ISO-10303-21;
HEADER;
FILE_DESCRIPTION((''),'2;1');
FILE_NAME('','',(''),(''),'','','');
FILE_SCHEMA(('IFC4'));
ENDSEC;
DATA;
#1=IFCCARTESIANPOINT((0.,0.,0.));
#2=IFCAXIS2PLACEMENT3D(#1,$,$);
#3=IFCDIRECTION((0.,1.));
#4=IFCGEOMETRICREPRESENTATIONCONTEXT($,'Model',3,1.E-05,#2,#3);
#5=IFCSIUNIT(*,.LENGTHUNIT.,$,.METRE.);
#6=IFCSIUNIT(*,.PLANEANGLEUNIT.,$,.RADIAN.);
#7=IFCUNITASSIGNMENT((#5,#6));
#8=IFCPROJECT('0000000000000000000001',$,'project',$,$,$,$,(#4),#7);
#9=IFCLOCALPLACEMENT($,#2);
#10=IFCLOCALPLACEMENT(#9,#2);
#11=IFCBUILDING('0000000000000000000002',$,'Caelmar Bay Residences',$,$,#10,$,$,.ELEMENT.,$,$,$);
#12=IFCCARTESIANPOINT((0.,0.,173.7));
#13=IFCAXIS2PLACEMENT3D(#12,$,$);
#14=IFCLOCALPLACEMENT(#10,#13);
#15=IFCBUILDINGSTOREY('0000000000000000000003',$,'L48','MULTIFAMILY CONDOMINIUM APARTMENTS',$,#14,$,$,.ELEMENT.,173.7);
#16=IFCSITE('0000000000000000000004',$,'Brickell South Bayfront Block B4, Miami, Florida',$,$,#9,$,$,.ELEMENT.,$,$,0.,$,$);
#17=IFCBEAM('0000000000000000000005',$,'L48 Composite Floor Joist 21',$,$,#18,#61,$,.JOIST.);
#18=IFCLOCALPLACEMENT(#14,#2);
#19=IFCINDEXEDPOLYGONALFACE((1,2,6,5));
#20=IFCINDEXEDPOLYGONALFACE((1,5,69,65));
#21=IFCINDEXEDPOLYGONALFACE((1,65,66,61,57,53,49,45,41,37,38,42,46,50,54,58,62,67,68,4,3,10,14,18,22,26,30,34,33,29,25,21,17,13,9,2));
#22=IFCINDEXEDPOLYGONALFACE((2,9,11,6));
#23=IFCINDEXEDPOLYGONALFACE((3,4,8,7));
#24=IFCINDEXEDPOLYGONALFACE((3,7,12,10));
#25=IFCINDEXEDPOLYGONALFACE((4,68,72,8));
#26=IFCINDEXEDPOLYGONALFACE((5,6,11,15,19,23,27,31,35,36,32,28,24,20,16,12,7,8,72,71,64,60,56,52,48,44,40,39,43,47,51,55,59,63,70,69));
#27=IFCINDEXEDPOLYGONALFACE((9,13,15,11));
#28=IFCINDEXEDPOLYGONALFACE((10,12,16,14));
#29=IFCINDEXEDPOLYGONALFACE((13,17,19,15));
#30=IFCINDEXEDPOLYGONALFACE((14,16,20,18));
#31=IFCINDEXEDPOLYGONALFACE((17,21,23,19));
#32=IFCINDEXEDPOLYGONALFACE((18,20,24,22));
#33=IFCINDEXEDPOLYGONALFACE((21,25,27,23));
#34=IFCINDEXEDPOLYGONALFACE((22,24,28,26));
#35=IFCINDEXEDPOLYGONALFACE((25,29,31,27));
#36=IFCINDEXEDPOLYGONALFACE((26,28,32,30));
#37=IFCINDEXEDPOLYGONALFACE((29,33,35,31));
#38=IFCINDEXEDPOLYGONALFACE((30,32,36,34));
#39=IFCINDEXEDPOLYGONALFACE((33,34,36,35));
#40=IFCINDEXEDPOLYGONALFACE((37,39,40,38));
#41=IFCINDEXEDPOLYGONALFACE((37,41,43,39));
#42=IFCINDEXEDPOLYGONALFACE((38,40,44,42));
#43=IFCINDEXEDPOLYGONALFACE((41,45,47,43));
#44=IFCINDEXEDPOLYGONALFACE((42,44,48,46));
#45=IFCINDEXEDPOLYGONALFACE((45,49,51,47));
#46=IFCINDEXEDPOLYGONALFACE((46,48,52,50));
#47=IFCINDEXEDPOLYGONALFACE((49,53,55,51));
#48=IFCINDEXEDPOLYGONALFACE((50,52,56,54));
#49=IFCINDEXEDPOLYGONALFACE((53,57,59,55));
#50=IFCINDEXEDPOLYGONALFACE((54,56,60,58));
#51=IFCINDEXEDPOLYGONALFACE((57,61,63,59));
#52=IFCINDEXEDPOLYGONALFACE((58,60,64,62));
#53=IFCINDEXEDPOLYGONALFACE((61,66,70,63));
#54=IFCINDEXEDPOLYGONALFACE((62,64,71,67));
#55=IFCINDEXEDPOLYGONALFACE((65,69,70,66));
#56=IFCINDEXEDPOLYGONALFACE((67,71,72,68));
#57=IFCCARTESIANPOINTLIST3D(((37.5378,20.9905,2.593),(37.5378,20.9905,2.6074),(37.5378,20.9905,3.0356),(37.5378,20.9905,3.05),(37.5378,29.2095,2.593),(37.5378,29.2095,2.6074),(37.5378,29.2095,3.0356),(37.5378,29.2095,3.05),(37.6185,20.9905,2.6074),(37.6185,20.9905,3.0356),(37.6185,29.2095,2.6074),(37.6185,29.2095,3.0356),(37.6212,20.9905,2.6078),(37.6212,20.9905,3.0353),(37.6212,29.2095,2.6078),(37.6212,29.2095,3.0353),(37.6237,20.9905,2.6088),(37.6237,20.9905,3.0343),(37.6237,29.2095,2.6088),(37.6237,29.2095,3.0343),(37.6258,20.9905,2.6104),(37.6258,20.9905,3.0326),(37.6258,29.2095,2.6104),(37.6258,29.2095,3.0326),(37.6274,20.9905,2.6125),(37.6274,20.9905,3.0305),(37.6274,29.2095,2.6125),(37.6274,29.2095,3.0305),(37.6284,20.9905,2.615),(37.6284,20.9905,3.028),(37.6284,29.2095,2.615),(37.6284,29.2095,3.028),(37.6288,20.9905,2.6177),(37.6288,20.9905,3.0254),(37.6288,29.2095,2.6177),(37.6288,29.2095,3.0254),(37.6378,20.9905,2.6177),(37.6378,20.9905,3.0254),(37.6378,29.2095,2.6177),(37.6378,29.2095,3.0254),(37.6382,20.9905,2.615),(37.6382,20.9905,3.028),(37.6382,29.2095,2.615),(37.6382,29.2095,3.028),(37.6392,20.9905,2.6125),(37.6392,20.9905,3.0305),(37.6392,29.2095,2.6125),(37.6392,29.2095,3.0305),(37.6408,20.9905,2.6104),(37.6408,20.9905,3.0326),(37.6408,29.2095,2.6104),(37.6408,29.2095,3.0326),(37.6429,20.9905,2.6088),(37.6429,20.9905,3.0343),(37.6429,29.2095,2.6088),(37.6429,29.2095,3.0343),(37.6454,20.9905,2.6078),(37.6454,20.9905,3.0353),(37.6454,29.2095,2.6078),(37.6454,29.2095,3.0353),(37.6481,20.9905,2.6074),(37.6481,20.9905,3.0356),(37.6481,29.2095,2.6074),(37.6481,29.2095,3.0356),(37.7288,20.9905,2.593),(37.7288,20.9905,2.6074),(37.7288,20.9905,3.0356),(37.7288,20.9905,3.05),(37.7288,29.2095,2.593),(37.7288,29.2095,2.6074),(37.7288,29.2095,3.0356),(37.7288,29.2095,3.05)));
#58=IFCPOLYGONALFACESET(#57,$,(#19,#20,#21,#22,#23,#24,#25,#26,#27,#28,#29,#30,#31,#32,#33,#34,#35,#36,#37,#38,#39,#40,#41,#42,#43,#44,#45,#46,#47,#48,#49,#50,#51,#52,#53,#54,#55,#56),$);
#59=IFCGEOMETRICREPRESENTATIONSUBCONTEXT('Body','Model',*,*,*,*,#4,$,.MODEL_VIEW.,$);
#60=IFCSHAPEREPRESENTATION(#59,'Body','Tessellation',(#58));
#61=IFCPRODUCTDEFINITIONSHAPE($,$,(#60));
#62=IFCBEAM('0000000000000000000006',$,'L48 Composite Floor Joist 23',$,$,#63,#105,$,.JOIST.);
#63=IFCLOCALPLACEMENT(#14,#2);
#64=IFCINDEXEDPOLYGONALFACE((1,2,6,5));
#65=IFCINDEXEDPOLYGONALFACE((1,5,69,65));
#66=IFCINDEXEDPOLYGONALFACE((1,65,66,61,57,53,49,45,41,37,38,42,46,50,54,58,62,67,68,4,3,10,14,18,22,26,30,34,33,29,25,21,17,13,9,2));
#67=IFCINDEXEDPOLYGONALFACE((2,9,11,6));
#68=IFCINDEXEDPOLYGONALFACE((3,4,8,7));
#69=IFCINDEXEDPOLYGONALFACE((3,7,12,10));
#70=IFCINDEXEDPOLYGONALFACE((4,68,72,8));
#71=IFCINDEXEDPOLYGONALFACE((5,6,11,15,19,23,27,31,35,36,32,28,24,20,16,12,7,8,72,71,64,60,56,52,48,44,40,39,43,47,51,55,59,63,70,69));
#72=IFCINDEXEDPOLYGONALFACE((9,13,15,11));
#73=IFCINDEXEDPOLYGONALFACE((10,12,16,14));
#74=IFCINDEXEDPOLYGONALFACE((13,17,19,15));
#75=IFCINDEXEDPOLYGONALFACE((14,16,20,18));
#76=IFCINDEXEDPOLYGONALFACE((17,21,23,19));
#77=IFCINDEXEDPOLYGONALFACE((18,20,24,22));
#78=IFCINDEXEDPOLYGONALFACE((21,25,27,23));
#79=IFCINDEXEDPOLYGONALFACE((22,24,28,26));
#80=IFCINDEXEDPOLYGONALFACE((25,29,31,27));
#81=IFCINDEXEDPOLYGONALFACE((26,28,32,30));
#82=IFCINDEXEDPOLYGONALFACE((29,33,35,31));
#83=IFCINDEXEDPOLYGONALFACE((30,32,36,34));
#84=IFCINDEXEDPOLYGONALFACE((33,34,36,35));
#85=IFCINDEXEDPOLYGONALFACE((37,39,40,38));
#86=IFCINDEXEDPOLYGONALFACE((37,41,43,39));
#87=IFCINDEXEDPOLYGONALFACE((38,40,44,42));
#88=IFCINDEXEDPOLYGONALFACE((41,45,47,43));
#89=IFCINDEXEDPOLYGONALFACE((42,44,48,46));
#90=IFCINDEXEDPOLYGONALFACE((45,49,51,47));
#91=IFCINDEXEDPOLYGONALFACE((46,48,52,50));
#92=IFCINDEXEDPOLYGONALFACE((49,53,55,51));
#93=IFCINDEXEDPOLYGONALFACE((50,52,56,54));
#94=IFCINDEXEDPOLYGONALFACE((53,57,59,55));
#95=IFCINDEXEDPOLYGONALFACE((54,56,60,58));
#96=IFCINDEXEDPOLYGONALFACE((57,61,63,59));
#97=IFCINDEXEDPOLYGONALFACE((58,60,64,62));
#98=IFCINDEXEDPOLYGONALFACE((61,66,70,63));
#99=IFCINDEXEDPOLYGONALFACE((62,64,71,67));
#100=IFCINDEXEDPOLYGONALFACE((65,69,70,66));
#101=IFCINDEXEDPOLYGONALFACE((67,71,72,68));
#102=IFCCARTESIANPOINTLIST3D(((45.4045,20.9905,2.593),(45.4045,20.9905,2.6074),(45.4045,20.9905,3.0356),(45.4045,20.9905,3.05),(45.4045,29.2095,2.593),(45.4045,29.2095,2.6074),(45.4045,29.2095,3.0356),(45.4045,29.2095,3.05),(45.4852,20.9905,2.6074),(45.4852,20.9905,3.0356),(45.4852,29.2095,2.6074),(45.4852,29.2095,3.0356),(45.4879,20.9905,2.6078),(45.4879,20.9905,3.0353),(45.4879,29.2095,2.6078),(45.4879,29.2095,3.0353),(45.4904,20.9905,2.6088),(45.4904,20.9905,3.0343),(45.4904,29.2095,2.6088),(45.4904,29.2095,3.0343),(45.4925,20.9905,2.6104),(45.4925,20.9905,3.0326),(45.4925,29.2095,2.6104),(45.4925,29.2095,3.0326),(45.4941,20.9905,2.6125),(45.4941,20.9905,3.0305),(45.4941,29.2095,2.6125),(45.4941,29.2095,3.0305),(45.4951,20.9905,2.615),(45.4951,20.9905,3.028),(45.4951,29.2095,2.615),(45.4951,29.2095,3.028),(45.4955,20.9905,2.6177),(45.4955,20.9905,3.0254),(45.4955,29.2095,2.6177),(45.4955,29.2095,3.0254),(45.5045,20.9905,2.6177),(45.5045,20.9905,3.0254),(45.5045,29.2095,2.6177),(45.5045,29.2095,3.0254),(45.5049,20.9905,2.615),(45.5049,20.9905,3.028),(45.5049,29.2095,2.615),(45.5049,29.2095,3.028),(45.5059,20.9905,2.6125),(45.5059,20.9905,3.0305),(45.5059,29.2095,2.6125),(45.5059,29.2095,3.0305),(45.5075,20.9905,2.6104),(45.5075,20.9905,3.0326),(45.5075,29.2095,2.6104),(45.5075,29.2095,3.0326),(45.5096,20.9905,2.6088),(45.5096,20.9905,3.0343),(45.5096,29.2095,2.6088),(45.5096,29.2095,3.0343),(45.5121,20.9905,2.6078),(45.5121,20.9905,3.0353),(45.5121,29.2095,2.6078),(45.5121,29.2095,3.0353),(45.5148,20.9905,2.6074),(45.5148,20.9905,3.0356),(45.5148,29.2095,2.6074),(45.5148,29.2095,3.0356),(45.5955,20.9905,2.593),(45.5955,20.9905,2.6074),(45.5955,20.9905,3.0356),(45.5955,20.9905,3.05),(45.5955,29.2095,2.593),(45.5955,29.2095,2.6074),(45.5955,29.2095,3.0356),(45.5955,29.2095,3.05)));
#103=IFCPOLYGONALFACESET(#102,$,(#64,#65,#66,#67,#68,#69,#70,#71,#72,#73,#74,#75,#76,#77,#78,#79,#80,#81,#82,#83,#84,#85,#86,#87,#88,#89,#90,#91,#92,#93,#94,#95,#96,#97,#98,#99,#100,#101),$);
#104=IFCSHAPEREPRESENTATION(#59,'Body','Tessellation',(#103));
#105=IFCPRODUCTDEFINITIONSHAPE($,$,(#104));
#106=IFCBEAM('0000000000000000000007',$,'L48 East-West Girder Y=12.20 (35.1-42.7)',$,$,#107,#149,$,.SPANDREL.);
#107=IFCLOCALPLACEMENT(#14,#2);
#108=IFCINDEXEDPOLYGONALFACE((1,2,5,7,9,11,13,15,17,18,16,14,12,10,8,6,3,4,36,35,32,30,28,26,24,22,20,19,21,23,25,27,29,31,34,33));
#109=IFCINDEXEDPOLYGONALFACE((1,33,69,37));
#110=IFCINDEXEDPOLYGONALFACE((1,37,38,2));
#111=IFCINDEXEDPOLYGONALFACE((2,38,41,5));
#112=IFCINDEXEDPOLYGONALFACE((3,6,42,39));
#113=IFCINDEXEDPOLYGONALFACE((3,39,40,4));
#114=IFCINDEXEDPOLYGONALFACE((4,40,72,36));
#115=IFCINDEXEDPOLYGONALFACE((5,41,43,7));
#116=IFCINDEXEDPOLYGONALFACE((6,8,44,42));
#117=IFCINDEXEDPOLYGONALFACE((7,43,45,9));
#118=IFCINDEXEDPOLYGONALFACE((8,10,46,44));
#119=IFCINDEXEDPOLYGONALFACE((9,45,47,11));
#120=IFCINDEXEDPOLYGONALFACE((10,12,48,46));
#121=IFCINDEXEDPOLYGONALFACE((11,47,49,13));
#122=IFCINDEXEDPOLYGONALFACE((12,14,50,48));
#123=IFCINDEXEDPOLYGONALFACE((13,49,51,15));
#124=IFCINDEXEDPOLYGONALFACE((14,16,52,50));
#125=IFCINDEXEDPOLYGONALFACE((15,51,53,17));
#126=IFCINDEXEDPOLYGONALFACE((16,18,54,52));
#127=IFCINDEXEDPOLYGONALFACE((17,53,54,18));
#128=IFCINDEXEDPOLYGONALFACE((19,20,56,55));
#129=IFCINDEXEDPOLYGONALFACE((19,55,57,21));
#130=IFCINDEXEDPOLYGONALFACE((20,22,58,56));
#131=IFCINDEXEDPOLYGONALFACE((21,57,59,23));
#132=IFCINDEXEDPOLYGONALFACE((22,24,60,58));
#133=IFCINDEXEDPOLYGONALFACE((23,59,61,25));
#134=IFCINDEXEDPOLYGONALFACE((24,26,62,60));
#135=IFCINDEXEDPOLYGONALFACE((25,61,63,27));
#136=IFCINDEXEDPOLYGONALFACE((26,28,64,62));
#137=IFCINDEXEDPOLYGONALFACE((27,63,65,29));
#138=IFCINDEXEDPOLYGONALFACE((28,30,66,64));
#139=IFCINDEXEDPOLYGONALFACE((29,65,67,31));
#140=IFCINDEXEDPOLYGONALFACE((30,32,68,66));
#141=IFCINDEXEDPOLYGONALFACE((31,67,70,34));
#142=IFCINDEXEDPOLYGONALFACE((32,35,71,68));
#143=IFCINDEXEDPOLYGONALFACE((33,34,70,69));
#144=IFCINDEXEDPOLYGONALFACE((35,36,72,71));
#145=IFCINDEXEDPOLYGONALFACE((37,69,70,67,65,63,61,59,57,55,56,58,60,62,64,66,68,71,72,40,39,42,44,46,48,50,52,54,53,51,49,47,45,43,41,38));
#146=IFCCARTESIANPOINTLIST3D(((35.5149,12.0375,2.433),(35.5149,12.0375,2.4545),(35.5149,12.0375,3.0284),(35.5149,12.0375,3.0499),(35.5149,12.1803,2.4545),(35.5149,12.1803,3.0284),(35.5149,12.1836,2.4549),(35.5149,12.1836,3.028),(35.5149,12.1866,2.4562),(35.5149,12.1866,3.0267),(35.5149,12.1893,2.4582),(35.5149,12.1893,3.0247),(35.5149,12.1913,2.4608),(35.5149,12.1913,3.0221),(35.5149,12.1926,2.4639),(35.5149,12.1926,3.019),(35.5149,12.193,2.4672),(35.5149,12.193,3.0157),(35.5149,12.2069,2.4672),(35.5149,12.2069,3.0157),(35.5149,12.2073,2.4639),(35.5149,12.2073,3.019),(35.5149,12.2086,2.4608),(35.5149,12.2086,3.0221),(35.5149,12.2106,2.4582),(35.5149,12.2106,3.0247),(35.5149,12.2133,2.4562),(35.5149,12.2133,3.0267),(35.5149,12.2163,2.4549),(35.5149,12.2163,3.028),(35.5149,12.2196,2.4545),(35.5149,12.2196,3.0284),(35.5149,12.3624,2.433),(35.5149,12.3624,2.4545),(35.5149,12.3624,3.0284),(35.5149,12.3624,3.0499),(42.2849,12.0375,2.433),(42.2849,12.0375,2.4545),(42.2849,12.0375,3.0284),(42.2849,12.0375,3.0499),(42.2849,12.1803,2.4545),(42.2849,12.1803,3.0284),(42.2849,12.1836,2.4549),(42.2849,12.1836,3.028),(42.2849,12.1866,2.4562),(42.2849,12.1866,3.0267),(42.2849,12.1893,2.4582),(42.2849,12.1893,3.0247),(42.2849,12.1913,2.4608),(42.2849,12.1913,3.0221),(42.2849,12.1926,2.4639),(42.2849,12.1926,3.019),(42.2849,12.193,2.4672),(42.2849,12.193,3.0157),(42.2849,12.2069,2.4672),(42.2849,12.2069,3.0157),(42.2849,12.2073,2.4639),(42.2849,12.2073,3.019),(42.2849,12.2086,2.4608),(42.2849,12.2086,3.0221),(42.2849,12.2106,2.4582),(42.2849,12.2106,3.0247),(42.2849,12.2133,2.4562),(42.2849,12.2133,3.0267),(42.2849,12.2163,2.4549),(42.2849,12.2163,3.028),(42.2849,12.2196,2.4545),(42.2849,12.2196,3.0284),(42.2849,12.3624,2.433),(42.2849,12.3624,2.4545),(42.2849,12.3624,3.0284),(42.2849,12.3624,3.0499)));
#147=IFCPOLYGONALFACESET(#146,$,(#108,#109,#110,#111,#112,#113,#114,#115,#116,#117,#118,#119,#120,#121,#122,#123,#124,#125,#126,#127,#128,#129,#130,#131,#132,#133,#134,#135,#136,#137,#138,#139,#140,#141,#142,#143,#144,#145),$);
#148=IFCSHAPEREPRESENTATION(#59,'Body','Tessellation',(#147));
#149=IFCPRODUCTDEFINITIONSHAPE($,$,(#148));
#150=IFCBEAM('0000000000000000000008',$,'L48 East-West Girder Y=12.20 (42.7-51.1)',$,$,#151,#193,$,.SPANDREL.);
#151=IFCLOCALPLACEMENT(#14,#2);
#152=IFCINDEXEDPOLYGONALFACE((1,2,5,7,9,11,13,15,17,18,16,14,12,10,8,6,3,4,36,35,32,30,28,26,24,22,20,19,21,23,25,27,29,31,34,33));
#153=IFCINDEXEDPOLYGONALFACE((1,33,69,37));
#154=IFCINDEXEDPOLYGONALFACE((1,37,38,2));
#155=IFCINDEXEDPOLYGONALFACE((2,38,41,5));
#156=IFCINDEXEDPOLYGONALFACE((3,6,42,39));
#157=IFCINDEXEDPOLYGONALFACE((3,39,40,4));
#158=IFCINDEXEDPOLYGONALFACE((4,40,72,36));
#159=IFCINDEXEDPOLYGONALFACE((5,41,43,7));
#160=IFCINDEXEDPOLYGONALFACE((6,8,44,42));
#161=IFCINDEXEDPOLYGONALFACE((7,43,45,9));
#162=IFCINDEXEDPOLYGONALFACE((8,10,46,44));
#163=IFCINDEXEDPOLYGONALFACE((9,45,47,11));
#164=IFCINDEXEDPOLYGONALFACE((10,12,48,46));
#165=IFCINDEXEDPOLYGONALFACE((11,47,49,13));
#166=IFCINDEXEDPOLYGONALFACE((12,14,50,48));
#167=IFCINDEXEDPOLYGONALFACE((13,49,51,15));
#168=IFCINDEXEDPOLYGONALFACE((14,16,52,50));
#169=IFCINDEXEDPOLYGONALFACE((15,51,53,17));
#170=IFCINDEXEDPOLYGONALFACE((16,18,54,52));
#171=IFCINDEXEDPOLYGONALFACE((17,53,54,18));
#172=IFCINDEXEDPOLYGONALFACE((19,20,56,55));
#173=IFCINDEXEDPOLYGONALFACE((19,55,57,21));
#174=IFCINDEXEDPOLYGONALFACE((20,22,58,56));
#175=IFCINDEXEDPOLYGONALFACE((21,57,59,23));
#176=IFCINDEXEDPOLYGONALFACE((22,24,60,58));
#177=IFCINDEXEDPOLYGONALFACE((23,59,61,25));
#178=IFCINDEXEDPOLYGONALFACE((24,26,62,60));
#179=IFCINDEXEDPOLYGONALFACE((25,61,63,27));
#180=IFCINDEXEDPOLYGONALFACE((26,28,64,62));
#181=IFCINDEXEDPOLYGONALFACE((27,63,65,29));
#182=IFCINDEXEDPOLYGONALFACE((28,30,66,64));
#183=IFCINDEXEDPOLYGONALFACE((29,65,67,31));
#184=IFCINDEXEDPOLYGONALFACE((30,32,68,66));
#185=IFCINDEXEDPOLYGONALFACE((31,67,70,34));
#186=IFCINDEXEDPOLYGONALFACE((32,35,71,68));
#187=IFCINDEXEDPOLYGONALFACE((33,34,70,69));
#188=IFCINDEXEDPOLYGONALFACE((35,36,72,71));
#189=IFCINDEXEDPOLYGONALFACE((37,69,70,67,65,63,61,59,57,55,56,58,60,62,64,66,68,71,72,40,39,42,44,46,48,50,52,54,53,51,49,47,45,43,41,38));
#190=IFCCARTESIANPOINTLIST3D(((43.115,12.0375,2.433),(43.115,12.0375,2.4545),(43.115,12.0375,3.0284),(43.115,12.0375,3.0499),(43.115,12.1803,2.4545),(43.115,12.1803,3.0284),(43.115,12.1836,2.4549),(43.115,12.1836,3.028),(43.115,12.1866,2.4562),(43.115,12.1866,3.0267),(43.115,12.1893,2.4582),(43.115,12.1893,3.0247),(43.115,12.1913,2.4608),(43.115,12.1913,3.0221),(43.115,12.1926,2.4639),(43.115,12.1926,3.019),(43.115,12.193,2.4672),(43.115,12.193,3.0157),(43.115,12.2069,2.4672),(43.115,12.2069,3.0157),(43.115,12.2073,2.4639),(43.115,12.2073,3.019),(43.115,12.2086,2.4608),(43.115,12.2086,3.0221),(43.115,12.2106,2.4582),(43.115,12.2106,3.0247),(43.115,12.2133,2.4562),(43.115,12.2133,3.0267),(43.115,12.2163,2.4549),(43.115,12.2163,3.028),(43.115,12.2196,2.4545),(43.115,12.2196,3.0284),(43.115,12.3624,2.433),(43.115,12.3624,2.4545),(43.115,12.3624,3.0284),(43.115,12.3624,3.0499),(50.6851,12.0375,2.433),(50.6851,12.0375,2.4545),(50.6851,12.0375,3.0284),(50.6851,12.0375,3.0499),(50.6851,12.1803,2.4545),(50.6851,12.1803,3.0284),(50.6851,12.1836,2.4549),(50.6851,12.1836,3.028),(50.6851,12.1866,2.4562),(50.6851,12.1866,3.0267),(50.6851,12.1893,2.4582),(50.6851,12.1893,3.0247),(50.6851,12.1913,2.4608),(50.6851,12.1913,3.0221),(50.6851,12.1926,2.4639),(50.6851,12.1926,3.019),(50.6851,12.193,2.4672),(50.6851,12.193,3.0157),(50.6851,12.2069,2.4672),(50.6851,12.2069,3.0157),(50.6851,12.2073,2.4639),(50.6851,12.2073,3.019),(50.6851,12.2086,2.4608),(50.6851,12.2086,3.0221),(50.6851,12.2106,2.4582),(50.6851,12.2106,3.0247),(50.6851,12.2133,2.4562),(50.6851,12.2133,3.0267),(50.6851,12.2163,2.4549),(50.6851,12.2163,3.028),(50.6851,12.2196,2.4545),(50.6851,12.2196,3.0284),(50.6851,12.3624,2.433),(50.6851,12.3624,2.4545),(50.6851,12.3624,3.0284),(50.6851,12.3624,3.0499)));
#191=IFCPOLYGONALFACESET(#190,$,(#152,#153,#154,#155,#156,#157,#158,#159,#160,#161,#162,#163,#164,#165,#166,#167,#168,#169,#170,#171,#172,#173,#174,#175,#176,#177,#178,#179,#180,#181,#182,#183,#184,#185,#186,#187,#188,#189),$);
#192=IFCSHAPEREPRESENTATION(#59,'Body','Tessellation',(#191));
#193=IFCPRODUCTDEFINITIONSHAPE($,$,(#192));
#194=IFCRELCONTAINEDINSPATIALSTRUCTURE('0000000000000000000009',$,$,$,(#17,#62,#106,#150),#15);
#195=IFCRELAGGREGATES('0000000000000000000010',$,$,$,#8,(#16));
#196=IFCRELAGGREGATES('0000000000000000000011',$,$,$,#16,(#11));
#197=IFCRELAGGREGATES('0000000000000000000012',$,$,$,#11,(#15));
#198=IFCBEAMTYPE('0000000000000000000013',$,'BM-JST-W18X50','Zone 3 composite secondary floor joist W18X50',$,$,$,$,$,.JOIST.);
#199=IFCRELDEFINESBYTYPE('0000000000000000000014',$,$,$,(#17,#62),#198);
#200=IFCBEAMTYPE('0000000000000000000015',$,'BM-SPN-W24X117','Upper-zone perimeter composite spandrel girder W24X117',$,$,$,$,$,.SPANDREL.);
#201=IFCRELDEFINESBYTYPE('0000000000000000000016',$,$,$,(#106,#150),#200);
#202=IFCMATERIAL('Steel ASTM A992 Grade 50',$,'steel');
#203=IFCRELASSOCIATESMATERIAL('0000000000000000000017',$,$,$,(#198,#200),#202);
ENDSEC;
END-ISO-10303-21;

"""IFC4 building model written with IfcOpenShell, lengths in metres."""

from ifc_helpers import new_model, si_unit, direction, frame, origin, origin_2d, place, context, subcontext, project, spatial, i_section, extrude, material, material_profile, profile_set, type_object, element, save


model = new_model("IFC4")

# Units and contexts
model_context = context("Model", 3, precision=1e-05, world=origin(), true_north=direction((0.0, 1.0)))
body_context = subcontext(model_context, "Body", "Model", "MODEL_VIEW")
ifc_project = project(units=[si_unit("LENGTHUNIT", "METRE"), si_unit("PLANEANGLEUNIT", "RADIAN")], contexts=[model_context])

# Site, building, storey
site_placement = place(None, origin())
site = spatial("IfcSite", under=ifc_project, at=site_placement, Name="Brickell South Bayfront Block B4, Miami, Florida", CompositionType="ELEMENT", RefElevation=0.0)
building_placement = place(site_placement, origin())
building = spatial("IfcBuilding", under=site, at=building_placement, Name="Caelmar Bay Residences", CompositionType="ELEMENT")
storey_placement = place(building_placement, frame((0.0, 0.0, 173.7)))
storey = spatial("IfcBuildingStorey", under=building, at=storey_placement, Name="L48", Description="MULTIFAMILY CONDOMINIUM APARTMENTS", CompositionType="ELEMENT", Elevation=173.7)

# Beams
ifc_material_1 = material(Name="Steel ASTM A992 Grade 50", Category="steel")
ifc_material_profile_1 = material_profile(ifc_material_1, i_section(OverallWidth=0.1909, OverallDepth=0.457, WebThickness=0.009, FlangeThickness=0.0144, FilletRadius=0.0103, at=origin_2d()), Name="W18X50")
ifc_profile_set_1 = profile_set([ifc_material_profile_1], Name="Steel ASTM A992 Grade 50")
beam_type_1 = type_object("IfcBeamType", Name="BM-JST-W18X50", Description="Zone 3 composite secondary floor joist W18X50", PredefinedType="JOIST", material=ifc_profile_set_1)
for number, where, z_axis, x_axis, name in (
    (1, (37.6333, 20.9905, 2.8215), (0.0, 1.0, 0.0), (-1.0, 0.0, 0.0), "L48 Composite Floor Joist 21"),
    (2, (45.5, 20.9905, 2.8215), (0.0, 1.0, 0.0), (-1.0, 0.0, 0.0), "L48 Composite Floor Joist 23"),
):
    element("IfcBeam", number, at=place(storey_placement, frame(where, z_axis=z_axis, x_axis=x_axis)), inside=storey, type_object=beam_type_1, Name=name, PredefinedType="JOIST", context=body_context, shape_type="SweptSolid", body=[
        extrude(i_section(OverallWidth=0.1909, OverallDepth=0.457, WebThickness=0.009, FlangeThickness=0.0144, FilletRadius=0.0103, at=origin_2d()), origin(), (0.0, 0.0, 1.0), 8.219),
    ])
ifc_material_profile_2 = material_profile(ifc_material_1, i_section(OverallWidth=0.325, OverallDepth=0.6169, WebThickness=0.0139, FlangeThickness=0.0215, FilletRadius=0.0127, at=origin_2d()), Name="W24X117")
ifc_profile_set_2 = profile_set([ifc_material_profile_2], Name="Steel ASTM A992 Grade 50")
beam_type_2 = type_object("IfcBeamType", Name="BM-SPN-W24X117", Description="Upper-zone perimeter composite spandrel girder W24X117", PredefinedType="SPANDREL", material=ifc_profile_set_2)
beam_1_placement = place(storey_placement, frame((35.5149, 12.2, 2.7415), z_axis=(1.0, 0.0, 0.0), x_axis=(0.0, 1.0, 0.0)))
element("IfcBeam", 3, at=beam_1_placement, inside=storey, type_object=beam_type_2, Name="L48 East-West Girder Y=12.20 (35.1-42.7)", PredefinedType="SPANDREL", context=body_context, shape_type="SweptSolid", body=[
    extrude(i_section(OverallWidth=0.325, OverallDepth=0.6169, WebThickness=0.0139, FlangeThickness=0.0215, FilletRadius=0.0127, at=origin_2d()), origin(), (0.0, 0.0, 1.0), 6.77),
])
beam_2_placement = place(storey_placement, frame((43.115, 12.2, 2.7415), z_axis=(1.0, 0.0, 0.0), x_axis=(0.0, 1.0, 0.0)))
element("IfcBeam", 4, at=beam_2_placement, inside=storey, type_object=beam_type_2, Name="L48 East-West Girder Y=12.20 (42.7-51.1)", PredefinedType="SPANDREL", context=body_context, shape_type="SweptSolid", body=[
    extrude(i_section(OverallWidth=0.325, OverallDepth=0.6169, WebThickness=0.0139, FlangeThickness=0.0215, FilletRadius=0.0127, at=origin_2d()), origin(), (0.0, 0.0, 1.0), 7.5701),
])

save(model, "model.ifc")
